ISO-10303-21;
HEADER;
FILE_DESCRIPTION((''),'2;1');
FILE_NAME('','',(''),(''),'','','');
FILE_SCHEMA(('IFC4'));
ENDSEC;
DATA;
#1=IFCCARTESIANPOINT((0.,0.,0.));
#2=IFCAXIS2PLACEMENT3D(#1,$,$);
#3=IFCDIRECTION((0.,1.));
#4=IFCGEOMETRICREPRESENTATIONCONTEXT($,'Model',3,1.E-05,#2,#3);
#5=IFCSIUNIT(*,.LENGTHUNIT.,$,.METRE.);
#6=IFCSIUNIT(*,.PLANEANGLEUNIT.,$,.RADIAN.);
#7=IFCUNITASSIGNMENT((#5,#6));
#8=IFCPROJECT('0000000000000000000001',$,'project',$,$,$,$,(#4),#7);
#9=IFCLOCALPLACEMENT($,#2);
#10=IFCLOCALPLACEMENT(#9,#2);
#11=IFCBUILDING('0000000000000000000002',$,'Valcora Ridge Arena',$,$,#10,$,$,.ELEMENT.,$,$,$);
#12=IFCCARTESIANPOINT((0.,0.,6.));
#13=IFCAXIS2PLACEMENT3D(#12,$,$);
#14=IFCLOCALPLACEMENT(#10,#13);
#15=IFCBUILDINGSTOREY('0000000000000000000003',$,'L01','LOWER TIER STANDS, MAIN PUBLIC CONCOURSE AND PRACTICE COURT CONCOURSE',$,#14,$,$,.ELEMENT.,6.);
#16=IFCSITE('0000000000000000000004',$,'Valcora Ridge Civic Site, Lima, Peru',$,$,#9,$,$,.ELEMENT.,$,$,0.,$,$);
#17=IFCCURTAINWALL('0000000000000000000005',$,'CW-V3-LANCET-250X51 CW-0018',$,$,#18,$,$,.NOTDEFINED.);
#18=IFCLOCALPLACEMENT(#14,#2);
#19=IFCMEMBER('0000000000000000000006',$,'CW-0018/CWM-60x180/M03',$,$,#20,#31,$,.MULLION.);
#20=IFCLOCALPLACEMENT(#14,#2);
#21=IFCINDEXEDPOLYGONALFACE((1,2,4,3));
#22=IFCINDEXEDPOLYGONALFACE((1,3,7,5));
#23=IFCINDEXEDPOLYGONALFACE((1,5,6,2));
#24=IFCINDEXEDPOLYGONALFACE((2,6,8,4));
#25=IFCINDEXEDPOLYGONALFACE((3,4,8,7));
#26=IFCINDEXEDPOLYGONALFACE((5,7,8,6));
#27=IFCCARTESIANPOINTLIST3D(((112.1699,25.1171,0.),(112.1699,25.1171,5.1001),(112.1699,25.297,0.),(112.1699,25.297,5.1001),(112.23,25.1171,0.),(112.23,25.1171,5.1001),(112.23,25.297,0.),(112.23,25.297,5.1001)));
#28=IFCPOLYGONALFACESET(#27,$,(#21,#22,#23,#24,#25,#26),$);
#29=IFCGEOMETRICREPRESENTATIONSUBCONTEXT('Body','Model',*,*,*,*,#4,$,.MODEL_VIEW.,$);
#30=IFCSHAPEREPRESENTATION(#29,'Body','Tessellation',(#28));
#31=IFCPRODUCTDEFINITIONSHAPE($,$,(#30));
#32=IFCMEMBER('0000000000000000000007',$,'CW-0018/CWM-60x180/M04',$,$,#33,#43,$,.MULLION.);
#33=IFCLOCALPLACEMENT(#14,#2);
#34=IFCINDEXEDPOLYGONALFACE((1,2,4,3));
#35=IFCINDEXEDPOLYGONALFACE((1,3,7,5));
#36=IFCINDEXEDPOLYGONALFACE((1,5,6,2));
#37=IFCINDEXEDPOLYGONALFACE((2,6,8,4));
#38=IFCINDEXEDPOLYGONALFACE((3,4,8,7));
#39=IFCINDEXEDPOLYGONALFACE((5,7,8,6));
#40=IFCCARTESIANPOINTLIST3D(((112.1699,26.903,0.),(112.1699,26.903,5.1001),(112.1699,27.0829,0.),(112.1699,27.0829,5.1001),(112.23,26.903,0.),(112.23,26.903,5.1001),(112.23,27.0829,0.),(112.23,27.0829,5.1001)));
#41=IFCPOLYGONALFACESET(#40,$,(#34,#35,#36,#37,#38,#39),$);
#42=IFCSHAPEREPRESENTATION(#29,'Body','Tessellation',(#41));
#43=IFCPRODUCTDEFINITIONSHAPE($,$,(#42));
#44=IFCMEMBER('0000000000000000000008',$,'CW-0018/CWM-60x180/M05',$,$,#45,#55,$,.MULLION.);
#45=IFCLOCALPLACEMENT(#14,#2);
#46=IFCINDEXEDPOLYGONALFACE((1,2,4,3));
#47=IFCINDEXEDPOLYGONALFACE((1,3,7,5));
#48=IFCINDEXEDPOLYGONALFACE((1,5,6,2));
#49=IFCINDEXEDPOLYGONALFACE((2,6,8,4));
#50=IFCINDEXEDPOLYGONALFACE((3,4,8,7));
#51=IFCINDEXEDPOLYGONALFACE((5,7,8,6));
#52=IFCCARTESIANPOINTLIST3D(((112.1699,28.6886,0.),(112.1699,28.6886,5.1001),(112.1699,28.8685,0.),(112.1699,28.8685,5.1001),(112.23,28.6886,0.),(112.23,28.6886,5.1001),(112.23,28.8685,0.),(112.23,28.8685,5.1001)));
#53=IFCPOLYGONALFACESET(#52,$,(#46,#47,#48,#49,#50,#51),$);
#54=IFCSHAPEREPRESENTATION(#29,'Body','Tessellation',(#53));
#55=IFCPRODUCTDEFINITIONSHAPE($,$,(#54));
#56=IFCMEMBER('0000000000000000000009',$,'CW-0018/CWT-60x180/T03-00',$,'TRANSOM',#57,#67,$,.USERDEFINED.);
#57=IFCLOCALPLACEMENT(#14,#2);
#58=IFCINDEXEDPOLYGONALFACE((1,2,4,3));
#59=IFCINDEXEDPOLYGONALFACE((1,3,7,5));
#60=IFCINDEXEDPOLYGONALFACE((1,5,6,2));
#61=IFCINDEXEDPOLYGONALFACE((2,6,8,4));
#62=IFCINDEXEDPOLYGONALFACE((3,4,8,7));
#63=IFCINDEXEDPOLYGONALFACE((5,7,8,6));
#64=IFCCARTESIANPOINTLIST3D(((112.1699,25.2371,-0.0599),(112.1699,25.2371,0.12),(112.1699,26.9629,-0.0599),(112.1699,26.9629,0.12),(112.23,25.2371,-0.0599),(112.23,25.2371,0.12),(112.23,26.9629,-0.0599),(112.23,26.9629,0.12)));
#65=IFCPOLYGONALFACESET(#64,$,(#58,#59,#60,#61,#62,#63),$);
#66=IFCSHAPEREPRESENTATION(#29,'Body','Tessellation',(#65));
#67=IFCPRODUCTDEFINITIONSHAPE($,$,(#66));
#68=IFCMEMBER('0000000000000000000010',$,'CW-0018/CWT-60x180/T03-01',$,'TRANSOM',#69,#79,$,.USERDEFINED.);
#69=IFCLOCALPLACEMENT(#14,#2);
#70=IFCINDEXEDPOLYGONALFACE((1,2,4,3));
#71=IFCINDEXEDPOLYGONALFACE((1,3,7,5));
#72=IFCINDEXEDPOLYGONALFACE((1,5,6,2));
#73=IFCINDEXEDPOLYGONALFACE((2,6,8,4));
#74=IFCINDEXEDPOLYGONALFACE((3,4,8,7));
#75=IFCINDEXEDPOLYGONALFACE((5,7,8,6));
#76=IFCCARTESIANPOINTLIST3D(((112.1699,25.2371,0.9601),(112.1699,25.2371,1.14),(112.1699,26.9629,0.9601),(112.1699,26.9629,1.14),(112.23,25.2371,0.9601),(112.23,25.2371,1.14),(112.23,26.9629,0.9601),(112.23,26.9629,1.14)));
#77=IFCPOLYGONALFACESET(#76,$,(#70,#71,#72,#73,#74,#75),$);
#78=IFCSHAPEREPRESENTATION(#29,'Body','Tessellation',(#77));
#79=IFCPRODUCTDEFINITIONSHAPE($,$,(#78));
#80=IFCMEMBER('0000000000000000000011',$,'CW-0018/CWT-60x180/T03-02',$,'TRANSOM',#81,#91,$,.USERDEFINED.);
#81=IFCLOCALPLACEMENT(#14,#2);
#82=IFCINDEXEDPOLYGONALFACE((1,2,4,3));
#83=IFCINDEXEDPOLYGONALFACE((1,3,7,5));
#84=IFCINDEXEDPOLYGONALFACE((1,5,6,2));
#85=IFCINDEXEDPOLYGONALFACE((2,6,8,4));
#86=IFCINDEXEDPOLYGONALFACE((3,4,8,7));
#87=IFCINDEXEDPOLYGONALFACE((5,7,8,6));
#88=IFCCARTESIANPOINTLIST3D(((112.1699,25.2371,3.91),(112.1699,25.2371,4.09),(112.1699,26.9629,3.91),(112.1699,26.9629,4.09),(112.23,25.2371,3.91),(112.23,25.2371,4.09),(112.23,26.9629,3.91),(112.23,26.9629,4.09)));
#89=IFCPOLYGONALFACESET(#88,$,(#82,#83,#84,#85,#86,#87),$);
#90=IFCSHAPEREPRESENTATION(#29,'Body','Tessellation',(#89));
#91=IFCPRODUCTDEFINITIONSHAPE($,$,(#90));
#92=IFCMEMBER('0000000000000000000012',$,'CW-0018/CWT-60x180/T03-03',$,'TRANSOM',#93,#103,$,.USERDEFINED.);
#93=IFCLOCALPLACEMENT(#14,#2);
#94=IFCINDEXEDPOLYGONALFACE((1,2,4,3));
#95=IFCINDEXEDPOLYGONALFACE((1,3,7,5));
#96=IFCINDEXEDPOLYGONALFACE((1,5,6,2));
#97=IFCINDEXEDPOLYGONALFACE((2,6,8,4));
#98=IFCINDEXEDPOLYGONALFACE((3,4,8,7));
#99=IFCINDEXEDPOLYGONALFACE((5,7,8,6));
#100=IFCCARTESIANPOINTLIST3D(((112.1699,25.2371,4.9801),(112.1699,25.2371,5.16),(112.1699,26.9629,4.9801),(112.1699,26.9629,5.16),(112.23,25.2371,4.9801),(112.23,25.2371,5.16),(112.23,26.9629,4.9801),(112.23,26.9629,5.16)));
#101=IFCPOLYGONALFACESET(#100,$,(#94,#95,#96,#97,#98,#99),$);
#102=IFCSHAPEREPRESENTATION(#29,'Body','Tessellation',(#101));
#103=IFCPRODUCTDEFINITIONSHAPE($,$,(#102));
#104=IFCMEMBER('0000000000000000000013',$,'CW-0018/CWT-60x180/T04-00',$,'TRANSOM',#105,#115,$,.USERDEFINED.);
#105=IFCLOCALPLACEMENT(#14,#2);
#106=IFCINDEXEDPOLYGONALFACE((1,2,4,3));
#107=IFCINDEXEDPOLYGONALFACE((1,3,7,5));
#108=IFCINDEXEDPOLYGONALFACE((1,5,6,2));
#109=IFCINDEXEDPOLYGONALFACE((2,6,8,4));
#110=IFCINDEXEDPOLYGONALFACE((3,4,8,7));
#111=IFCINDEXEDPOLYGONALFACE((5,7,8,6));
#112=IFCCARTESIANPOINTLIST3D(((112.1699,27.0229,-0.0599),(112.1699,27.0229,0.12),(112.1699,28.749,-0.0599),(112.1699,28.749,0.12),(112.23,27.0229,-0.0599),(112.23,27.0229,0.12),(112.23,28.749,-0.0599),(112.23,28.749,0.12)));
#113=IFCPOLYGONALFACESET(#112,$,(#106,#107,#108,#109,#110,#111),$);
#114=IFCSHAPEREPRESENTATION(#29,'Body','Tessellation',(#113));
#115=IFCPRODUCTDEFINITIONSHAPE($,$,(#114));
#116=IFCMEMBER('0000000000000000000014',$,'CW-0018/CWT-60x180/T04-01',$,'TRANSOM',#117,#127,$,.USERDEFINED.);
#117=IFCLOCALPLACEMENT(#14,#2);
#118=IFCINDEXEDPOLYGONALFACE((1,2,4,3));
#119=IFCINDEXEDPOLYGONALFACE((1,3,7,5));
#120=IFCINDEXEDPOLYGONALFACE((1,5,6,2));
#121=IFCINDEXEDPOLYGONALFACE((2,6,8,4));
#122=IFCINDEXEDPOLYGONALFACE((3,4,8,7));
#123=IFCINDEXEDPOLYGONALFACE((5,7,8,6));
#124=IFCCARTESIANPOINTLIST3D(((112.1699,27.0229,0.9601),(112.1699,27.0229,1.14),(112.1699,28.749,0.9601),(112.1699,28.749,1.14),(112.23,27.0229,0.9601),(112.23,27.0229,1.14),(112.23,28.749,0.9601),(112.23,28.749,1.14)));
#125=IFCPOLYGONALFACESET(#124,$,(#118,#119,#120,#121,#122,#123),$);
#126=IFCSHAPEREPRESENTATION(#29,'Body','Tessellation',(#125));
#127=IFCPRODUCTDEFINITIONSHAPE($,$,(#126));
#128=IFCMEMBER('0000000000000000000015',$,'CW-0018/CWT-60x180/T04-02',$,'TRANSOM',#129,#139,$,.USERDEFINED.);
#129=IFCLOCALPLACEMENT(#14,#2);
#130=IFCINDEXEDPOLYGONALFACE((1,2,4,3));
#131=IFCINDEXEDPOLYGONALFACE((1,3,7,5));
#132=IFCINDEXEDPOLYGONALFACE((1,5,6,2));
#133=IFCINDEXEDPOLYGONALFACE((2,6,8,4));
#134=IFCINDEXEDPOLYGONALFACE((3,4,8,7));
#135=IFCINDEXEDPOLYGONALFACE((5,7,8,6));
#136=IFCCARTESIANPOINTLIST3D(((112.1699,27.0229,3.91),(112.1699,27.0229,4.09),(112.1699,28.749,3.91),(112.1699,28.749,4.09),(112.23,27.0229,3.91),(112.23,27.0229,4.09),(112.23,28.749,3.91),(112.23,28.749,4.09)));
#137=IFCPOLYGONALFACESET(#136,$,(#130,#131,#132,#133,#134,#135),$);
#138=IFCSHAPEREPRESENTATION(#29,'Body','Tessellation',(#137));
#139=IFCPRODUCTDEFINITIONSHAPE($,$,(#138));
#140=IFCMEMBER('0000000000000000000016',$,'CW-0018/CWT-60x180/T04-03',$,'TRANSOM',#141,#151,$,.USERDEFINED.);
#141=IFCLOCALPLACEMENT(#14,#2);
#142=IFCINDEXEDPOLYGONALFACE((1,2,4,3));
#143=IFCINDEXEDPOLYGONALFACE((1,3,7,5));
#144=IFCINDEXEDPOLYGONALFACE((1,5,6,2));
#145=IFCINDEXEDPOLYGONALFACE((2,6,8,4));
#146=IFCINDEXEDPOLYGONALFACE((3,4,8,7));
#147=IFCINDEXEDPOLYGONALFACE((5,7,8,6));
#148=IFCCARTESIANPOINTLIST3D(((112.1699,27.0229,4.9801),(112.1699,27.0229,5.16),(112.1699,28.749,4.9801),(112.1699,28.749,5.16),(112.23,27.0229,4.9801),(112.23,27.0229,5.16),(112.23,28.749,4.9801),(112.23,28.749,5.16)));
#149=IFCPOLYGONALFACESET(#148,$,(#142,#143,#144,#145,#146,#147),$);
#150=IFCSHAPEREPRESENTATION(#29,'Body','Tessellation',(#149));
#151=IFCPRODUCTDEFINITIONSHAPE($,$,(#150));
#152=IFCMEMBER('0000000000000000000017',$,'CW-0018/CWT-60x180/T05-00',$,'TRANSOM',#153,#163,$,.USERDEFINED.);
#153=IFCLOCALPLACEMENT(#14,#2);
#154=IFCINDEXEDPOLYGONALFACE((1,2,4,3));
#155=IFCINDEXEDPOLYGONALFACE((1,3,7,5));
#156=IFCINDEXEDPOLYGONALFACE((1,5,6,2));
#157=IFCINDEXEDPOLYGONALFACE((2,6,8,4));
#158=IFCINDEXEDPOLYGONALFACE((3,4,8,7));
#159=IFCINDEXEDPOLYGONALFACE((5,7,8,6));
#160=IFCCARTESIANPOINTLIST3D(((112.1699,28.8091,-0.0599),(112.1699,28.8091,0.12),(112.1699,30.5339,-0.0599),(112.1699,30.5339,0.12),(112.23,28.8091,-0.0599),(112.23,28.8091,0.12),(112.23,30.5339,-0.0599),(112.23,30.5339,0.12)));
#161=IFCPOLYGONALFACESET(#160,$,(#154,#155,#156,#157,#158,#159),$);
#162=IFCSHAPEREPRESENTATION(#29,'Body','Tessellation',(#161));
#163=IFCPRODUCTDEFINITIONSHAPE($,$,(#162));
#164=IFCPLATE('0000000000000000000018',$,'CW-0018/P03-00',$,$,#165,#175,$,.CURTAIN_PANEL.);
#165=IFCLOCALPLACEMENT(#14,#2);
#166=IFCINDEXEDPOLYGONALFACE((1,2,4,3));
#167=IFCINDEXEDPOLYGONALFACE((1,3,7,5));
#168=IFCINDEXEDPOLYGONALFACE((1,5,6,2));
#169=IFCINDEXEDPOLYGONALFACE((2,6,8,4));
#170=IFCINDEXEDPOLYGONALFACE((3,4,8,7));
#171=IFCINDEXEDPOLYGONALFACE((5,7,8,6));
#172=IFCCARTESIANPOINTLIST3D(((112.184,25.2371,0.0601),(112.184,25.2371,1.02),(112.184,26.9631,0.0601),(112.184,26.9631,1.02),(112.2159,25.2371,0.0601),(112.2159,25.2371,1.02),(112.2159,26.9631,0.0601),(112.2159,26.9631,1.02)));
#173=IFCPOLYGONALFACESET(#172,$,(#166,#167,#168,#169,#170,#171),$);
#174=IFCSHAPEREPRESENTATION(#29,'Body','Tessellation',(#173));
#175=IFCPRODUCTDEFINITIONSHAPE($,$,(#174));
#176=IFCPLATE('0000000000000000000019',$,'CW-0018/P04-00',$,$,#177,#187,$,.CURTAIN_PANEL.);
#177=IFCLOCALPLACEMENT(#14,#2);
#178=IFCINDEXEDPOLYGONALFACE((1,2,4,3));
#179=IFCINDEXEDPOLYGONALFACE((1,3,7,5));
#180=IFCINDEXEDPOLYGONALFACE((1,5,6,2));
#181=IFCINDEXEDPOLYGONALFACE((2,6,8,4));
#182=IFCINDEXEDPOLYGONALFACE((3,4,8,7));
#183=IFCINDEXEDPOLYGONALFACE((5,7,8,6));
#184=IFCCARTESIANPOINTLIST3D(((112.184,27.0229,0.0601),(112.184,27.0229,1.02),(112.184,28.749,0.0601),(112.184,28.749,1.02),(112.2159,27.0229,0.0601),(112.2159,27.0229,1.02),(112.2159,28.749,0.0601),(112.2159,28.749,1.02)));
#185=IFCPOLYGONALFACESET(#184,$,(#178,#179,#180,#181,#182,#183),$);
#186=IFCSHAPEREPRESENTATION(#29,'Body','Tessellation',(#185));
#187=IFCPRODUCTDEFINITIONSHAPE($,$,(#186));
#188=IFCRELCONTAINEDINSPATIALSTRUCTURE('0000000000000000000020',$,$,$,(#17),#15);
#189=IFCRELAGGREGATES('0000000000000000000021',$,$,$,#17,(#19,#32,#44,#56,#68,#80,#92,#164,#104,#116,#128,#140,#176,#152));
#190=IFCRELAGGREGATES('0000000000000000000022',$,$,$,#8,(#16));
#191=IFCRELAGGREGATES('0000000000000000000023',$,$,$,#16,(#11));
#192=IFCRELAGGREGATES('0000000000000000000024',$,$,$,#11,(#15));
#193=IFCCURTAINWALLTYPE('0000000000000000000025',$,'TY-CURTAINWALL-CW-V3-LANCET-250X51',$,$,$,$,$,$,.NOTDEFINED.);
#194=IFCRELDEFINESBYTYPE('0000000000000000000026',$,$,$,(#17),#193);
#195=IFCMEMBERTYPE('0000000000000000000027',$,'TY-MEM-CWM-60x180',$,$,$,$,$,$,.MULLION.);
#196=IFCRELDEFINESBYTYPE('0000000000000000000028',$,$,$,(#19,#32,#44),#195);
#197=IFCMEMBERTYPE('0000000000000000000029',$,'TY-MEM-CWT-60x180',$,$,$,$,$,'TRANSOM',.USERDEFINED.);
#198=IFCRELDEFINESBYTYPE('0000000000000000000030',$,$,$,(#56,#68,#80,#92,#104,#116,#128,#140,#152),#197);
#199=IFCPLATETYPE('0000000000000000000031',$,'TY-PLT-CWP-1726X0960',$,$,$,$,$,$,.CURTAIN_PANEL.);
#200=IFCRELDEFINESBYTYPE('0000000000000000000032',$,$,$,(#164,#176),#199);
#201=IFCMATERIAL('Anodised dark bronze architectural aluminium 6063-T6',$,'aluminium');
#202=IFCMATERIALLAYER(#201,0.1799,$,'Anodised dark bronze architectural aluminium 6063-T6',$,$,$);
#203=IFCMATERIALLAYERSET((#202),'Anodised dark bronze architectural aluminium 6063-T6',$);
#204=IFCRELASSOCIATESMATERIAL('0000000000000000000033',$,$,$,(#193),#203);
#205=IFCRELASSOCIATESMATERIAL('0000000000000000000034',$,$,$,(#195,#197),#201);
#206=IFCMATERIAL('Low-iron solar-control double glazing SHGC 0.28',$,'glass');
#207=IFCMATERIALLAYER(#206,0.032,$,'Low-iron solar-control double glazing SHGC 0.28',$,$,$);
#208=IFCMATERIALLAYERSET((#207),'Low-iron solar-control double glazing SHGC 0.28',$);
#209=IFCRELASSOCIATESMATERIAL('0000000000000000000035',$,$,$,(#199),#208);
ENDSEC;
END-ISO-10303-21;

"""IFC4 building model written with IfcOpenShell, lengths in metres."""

from ifc_helpers import new_model, si_unit, direction, frame, origin, origin_2d, place, context, subcontext, project, spatial, rectangle, extrude, material, layer, layer_set, material_profile, profile_set, type_object, element, aggregate, save


model = new_model("IFC4")

# Units and contexts
model_context = context("Model", 3, precision=1e-05, world=origin(), true_north=direction((0.0, 1.0)))
body_context = subcontext(model_context, "Body", "Model", "MODEL_VIEW")
ifc_project = project(units=[si_unit("LENGTHUNIT", "METRE"), si_unit("PLANEANGLEUNIT", "RADIAN")], contexts=[model_context])

# Site, building, storey
site_placement = place(None, origin())
site = spatial("IfcSite", under=ifc_project, at=site_placement, Name="Valcora Ridge Civic Site, Lima, Peru", CompositionType="ELEMENT", RefElevation=0.0)
building_placement = place(site_placement, origin())
building = spatial("IfcBuilding", under=site, at=building_placement, Name="Valcora Ridge Arena", CompositionType="ELEMENT")
storey_placement = place(building_placement, frame((0.0, 0.0, 6.0)))
storey = spatial("IfcBuildingStorey", under=building, at=storey_placement, Name="L01", Description="LOWER TIER STANDS, MAIN PUBLIC CONCOURSE AND PRACTICE COURT CONCOURSE", CompositionType="ELEMENT", Elevation=6.0)

# Curtain wall, members, plates
ifc_material_1 = material(Name="Anodised dark bronze architectural aluminium 6063-T6", Category="aluminium")
ifc_layer_1 = layer(ifc_material_1, 0.1799, Name="Anodised dark bronze architectural aluminium 6063-T6")
ifc_layer_set_1 = layer_set([ifc_layer_1], Name="Anodised dark bronze architectural aluminium 6063-T6")
curtain_wall_type = type_object("IfcCurtainWallType", Name="TY-CURTAINWALL-CW-V3-LANCET-250X51", PredefinedType="NOTDEFINED", material=ifc_layer_set_1)
curtain_wall_placement = place(storey_placement, origin())
curtain_wall = element("IfcCurtainWall", 1, at=curtain_wall_placement, inside=storey, type_object=curtain_wall_type, Name="CW-V3-LANCET-250X51 CW-0018", PredefinedType="NOTDEFINED")
ifc_material_profile_1 = material_profile(ifc_material_1, rectangle(XDim=0.0601, YDim=0.1799, at=origin_2d()), Name="ALU MULLION 60x180")
ifc_profile_set_1 = profile_set([ifc_material_profile_1], Name="Anodised dark bronze architectural aluminium 6063-T6")
member_type_1 = type_object("IfcMemberType", Name="TY-MEM-CWM-60x180", PredefinedType="MULLION", material=ifc_profile_set_1)
member_1_placement = place(storey_placement, frame((112.2, 25.207, 0.0), z_axis=(0.0, 0.0, 1.0), x_axis=(-1.0, 0.0, 0.0)))
member_1 = element("IfcMember", 2, at=member_1_placement, type_object=member_type_1, Name="CW-0018/CWM-60x180/M03", PredefinedType="MULLION", context=body_context, shape_type="SweptSolid", body=[
    extrude(rectangle(XDim=0.0601, YDim=0.1799, at=origin_2d()), origin(), (0.0, 0.0, 1.0), 5.1001),
])
member_2_placement = place(storey_placement, frame((112.2, 26.9929, 0.0), z_axis=(0.0, 0.0, 1.0), x_axis=(-1.0, 0.0, 0.0)))
member_2 = element("IfcMember", 3, at=member_2_placement, type_object=member_type_1, Name="CW-0018/CWM-60x180/M04", PredefinedType="MULLION", context=body_context, shape_type="SweptSolid", body=[
    extrude(rectangle(XDim=0.0601, YDim=0.1799, at=origin_2d()), origin(), (0.0, 0.0, 1.0), 5.1001),
])
member_3_placement = place(storey_placement, frame((112.2, 28.7786, 0.0), z_axis=(0.0, 0.0, 1.0), x_axis=(-1.0, 0.0, 0.0)))
member_3 = element("IfcMember", 4, at=member_3_placement, type_object=member_type_1, Name="CW-0018/CWM-60x180/M05", PredefinedType="MULLION", context=body_context, shape_type="SweptSolid", body=[
    extrude(rectangle(XDim=0.0601, YDim=0.1799, at=origin_2d()), origin(), (0.0, 0.0, 1.0), 5.1001),
])
ifc_material_profile_2 = material_profile(ifc_material_1, rectangle(XDim=0.0601, YDim=0.1799, at=origin_2d()), Name="ALU TRANSOM 60x180")
ifc_profile_set_2 = profile_set([ifc_material_profile_2], Name="Anodised dark bronze architectural aluminium 6063-T6")
member_type_2 = type_object("IfcMemberType", Name="TY-MEM-CWT-60x180", ElementType="TRANSOM", PredefinedType="USERDEFINED", material=ifc_profile_set_2)
member_4_placement = place(storey_placement, frame((112.2, 25.2371, 0.03), z_axis=(0.0, 1.0, 0.0), x_axis=(-1.0, 0.0, 0.0)))
member_4 = element("IfcMember", 5, at=member_4_placement, type_object=member_type_2, Name="CW-0018/CWT-60x180/T03-00", ObjectType="TRANSOM", PredefinedType="USERDEFINED", context=body_context, shape_type="SweptSolid", body=[
    extrude(rectangle(XDim=0.0601, YDim=0.1799, at=origin_2d()), origin(), (0.0, 0.0, 1.0), 1.7258),
])
member_5_placement = place(storey_placement, frame((112.2, 25.2371, 1.05), z_axis=(0.0, 1.0, 0.0), x_axis=(-1.0, 0.0, 0.0)))
member_5 = element("IfcMember", 6, at=member_5_placement, type_object=member_type_2, Name="CW-0018/CWT-60x180/T03-01", ObjectType="TRANSOM", PredefinedType="USERDEFINED", context=body_context, shape_type="SweptSolid", body=[
    extrude(rectangle(XDim=0.0601, YDim=0.1799, at=origin_2d()), origin(), (0.0, 0.0, 1.0), 1.7258),
])
member_6_placement = place(storey_placement, frame((112.2, 25.2371, 4.0), z_axis=(0.0, 1.0, 0.0), x_axis=(-1.0, 0.0, 0.0)))
member_6 = element("IfcMember", 7, at=member_6_placement, type_object=member_type_2, Name="CW-0018/CWT-60x180/T03-02", ObjectType="TRANSOM", PredefinedType="USERDEFINED", context=body_context, shape_type="SweptSolid", body=[
    extrude(rectangle(XDim=0.0601, YDim=0.1799, at=origin_2d()), origin(), (0.0, 0.0, 1.0), 1.7258),
])
member_7_placement = place(storey_placement, frame((112.2, 25.2371, 5.0701), z_axis=(0.0, 1.0, 0.0), x_axis=(-1.0, 0.0, 0.0)))
member_7 = element("IfcMember", 8, at=member_7_placement, type_object=member_type_2, Name="CW-0018/CWT-60x180/T03-03", ObjectType="TRANSOM", PredefinedType="USERDEFINED", context=body_context, shape_type="SweptSolid", body=[
    extrude(rectangle(XDim=0.0601, YDim=0.1799, at=origin_2d()), origin(), (0.0, 0.0, 1.0), 1.7258),
])
member_8_placement = place(storey_placement, frame((112.2, 27.0229, 0.03), z_axis=(0.0, 1.0, 0.0), x_axis=(-1.0, 0.0, 0.0)))
member_8 = element("IfcMember", 9, at=member_8_placement, type_object=member_type_2, Name="CW-0018/CWT-60x180/T04-00", ObjectType="TRANSOM", PredefinedType="USERDEFINED", context=body_context, shape_type="SweptSolid", body=[
    extrude(rectangle(XDim=0.0601, YDim=0.1799, at=origin_2d()), origin(), (0.0, 0.0, 1.0), 1.7261),
])
member_9_placement = place(storey_placement, frame((112.2, 27.0229, 1.05), z_axis=(0.0, 1.0, 0.0), x_axis=(-1.0, 0.0, 0.0)))
member_9 = element("IfcMember", 10, at=member_9_placement, type_object=member_type_2, Name="CW-0018/CWT-60x180/T04-01", ObjectType="TRANSOM", PredefinedType="USERDEFINED", context=body_context, shape_type="SweptSolid", body=[
    extrude(rectangle(XDim=0.0601, YDim=0.1799, at=origin_2d()), origin(), (0.0, 0.0, 1.0), 1.7261),
])
member_10_placement = place(storey_placement, frame((112.2, 27.0229, 4.0), z_axis=(0.0, 1.0, 0.0), x_axis=(-1.0, 0.0, 0.0)))
member_10 = element("IfcMember", 11, at=member_10_placement, type_object=member_type_2, Name="CW-0018/CWT-60x180/T04-02", ObjectType="TRANSOM", PredefinedType="USERDEFINED", context=body_context, shape_type="SweptSolid", body=[
    extrude(rectangle(XDim=0.0601, YDim=0.1799, at=origin_2d()), origin(), (0.0, 0.0, 1.0), 1.7261),
])
member_11_placement = place(storey_placement, frame((112.2, 27.0229, 5.0701), z_axis=(0.0, 1.0, 0.0), x_axis=(-1.0, 0.0, 0.0)))
member_11 = element("IfcMember", 12, at=member_11_placement, type_object=member_type_2, Name="CW-0018/CWT-60x180/T04-03", ObjectType="TRANSOM", PredefinedType="USERDEFINED", context=body_context, shape_type="SweptSolid", body=[
    extrude(rectangle(XDim=0.0601, YDim=0.1799, at=origin_2d()), origin(), (0.0, 0.0, 1.0), 1.7261),
])
member_12_placement = place(storey_placement, frame((112.2, 28.8091, 0.03), z_axis=(0.0, 1.0, 0.0), x_axis=(-1.0, 0.0, 0.0)))
member_12 = element("IfcMember", 13, at=member_12_placement, type_object=member_type_2, Name="CW-0018/CWT-60x180/T05-00", ObjectType="TRANSOM", PredefinedType="USERDEFINED", context=body_context, shape_type="SweptSolid", body=[
    extrude(rectangle(XDim=0.0601, YDim=0.1799, at=origin_2d()), origin(), (0.0, 0.0, 1.0), 1.7249),
])
ifc_material_2 = material(Name="Low-iron solar-control double glazing SHGC 0.28", Category="glass")
ifc_layer_2 = layer(ifc_material_2, 0.032, Name="Low-iron solar-control double glazing SHGC 0.28")
ifc_layer_set_2 = layer_set([ifc_layer_2], Name="Low-iron solar-control double glazing SHGC 0.28")
plate_type_1 = type_object("IfcPlateType", Name="TY-PLT-CWP-1726X0960", PredefinedType="CURTAIN_PANEL", material=ifc_layer_set_2)
plate_1_placement = place(storey_placement, frame((112.2, 26.1001, 0.0601), z_axis=(0.0, 0.0, 1.0), x_axis=(0.0, 1.0, 0.0)))
plate_1 = element("IfcPlate", 14, at=plate_1_placement, type_object=plate_type_1, Name="CW-0018/P03-00", PredefinedType="CURTAIN_PANEL", context=body_context, shape_type="SweptSolid", body=[
    extrude(rectangle(XDim=1.7261, YDim=0.032, at=origin_2d()), origin(), (0.0, 0.0, 1.0), 0.96),
])
plate_2_placement = place(storey_placement, frame((112.2, 27.886, 0.0601), z_axis=(0.0, 0.0, 1.0), x_axis=(0.0, 1.0, 0.0)))
plate_2 = element("IfcPlate", 15, at=plate_2_placement, type_object=plate_type_1, Name="CW-0018/P04-00", PredefinedType="CURTAIN_PANEL", context=body_context, shape_type="SweptSolid", body=[
    extrude(rectangle(XDim=1.7261, YDim=0.032, at=origin_2d()), origin(), (0.0, 0.0, 1.0), 0.96),
])
aggregate(curtain_wall, [member_1, member_2, member_3, member_4, member_5, member_6, member_7, plate_1, member_8, member_9, member_10, member_11, plate_2, member_12])

save(model, "model.ifc")
